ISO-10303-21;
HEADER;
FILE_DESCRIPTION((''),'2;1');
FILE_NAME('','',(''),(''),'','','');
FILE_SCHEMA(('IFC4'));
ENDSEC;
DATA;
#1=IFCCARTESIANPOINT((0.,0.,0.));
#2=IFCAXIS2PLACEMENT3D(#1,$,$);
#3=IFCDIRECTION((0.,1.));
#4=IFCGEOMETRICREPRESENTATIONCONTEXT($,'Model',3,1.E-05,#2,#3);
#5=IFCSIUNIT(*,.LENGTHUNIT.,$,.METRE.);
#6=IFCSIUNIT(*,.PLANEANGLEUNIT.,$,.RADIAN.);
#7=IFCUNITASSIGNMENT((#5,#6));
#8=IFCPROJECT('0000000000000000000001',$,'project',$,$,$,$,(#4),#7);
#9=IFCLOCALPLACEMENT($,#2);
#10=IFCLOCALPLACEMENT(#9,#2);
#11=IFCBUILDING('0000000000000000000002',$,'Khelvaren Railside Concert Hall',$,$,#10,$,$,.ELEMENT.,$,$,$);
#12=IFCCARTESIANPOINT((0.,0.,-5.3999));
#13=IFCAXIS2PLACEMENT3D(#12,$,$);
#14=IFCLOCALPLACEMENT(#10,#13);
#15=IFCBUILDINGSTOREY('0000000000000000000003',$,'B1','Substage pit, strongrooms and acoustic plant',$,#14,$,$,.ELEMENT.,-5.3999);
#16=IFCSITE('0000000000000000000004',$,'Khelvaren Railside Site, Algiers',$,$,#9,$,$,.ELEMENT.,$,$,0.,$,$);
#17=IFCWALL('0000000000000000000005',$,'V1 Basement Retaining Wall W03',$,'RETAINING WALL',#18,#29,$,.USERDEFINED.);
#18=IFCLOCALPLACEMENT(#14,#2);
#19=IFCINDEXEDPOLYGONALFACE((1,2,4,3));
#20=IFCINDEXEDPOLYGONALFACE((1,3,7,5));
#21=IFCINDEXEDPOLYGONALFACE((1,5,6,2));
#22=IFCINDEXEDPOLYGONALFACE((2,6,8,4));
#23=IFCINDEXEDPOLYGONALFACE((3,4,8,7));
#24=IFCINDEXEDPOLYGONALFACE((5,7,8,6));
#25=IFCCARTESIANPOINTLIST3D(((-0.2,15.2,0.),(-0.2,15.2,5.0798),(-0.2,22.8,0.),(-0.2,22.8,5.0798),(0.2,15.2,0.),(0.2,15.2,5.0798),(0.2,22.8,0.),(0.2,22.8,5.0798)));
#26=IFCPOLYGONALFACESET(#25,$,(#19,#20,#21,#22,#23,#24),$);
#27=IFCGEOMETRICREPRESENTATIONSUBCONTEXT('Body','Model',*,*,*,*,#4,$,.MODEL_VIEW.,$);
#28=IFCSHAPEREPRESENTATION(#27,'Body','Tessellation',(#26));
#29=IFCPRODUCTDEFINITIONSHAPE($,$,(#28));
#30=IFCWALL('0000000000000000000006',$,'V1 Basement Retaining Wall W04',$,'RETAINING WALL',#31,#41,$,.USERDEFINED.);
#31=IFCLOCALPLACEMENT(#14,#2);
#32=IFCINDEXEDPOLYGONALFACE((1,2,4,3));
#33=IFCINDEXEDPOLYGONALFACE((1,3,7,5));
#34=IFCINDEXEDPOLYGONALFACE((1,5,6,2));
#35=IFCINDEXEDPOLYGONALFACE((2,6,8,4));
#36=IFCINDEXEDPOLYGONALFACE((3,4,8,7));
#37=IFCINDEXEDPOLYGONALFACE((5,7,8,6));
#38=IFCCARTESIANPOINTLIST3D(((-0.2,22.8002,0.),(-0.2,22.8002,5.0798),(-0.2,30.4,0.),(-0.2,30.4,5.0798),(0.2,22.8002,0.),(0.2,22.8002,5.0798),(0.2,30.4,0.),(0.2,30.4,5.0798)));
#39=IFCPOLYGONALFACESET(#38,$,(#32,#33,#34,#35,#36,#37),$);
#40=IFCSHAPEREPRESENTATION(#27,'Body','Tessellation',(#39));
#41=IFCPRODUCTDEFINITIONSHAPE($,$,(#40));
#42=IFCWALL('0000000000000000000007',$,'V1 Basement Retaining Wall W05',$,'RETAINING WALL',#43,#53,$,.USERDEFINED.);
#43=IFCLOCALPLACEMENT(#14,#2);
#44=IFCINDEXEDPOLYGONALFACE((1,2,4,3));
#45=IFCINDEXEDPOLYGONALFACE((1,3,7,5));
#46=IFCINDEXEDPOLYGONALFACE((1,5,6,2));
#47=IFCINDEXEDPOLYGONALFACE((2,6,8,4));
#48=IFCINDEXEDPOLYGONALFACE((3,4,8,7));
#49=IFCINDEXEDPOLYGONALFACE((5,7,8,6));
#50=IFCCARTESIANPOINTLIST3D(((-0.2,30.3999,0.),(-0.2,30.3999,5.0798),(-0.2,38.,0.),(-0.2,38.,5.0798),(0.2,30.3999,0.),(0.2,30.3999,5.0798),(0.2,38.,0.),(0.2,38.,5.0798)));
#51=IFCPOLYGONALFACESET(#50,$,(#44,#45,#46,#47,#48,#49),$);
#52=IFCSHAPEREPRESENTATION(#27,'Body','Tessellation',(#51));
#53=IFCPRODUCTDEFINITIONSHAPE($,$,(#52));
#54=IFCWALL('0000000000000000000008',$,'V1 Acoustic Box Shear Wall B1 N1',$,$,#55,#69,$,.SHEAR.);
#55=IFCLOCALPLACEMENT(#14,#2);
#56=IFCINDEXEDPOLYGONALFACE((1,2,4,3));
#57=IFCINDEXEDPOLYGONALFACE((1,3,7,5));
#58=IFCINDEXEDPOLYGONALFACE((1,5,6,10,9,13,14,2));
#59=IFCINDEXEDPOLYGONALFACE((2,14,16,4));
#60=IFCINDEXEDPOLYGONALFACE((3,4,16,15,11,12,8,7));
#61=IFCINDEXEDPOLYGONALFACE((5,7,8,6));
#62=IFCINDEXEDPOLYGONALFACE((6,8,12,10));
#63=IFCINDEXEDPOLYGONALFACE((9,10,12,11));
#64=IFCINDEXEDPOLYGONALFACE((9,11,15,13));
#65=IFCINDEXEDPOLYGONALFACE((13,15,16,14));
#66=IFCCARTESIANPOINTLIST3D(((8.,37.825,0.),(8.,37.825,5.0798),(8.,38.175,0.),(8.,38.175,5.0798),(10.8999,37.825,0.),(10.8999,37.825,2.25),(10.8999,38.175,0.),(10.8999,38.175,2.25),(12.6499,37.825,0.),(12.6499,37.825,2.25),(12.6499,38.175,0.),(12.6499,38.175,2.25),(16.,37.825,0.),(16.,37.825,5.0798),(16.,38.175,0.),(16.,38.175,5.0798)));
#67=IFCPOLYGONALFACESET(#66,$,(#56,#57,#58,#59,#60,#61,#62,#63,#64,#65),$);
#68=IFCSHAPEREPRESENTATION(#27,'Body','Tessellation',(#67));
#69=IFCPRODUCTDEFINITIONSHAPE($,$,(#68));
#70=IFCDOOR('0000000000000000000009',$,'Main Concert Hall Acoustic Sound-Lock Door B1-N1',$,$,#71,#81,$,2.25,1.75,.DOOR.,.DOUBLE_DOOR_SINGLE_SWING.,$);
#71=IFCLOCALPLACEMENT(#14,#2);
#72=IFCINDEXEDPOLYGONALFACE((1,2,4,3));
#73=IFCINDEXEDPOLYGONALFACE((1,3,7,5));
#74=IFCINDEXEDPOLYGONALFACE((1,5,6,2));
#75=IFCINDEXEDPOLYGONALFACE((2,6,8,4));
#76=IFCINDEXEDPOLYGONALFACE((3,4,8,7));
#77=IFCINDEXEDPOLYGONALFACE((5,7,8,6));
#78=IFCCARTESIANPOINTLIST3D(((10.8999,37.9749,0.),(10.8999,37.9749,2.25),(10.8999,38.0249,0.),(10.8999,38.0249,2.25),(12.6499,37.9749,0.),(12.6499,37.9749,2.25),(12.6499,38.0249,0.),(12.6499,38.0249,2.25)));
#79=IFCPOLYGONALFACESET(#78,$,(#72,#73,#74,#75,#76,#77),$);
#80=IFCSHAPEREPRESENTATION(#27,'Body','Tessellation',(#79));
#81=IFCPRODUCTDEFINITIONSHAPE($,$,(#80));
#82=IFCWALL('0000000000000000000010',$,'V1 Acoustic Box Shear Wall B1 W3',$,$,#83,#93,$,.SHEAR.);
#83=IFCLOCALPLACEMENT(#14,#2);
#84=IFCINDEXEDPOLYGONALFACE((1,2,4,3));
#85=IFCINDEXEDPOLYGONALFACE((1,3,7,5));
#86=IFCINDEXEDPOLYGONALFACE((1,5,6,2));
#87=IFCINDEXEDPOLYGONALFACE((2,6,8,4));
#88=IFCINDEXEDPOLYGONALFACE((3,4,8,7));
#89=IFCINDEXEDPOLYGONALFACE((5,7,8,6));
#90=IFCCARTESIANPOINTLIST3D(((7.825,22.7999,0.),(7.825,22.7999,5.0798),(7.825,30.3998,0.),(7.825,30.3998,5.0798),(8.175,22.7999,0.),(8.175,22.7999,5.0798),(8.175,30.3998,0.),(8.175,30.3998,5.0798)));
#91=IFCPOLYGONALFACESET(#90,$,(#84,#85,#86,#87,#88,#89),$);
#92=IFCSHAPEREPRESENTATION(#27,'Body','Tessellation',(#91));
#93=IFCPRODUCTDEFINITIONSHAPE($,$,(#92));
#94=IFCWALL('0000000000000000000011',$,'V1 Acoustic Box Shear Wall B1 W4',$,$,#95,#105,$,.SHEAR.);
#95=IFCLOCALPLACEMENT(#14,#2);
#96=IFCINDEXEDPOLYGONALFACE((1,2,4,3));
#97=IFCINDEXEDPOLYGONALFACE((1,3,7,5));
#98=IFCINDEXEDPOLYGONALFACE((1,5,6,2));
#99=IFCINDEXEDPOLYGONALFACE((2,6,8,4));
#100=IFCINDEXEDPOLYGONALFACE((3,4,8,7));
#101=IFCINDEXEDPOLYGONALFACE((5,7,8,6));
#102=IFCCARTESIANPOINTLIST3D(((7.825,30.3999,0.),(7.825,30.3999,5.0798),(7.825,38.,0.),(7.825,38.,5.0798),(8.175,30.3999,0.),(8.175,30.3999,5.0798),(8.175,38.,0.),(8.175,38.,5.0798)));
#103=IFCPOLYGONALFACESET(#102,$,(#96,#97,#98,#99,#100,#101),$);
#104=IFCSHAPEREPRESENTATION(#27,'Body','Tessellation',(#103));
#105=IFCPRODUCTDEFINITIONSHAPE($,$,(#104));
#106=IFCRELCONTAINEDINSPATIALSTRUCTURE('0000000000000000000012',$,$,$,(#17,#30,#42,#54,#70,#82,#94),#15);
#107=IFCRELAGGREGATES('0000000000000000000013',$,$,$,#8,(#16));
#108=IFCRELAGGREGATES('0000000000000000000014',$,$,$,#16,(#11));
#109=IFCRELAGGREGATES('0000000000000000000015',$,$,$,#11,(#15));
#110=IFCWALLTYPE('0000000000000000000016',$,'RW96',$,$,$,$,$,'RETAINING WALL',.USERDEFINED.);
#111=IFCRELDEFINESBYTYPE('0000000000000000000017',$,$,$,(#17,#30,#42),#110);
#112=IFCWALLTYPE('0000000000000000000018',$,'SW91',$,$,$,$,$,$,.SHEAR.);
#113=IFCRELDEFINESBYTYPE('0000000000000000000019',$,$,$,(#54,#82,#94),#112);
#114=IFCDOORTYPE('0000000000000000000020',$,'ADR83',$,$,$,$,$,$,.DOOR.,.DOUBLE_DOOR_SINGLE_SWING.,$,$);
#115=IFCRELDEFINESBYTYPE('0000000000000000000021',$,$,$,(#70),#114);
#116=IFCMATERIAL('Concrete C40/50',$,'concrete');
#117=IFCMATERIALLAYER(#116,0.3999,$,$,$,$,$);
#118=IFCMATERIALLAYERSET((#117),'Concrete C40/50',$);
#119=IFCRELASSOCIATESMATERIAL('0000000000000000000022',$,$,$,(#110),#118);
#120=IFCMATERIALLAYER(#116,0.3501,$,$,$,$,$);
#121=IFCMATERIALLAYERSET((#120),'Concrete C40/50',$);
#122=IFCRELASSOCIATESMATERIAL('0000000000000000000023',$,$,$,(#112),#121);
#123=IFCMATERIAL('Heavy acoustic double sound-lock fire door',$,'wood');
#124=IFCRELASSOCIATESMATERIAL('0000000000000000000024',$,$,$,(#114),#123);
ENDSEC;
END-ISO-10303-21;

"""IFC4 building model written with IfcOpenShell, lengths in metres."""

from ifc_helpers import new_model, si_unit, direction, frame, frame_2d, origin, place, context, subcontext, project, spatial, rectangle, extrude, material, layer, layer_set, type_object, element, fill, save


model = new_model("IFC4")

# Units and contexts
model_context = context("Model", 3, precision=1e-05, world=origin(), true_north=direction((0.0, 1.0)))
body_context = subcontext(model_context, "Body", "Model", "MODEL_VIEW")
ifc_project = project(units=[si_unit("LENGTHUNIT", "METRE"), si_unit("PLANEANGLEUNIT", "RADIAN")], contexts=[model_context])

# Site, building, storey
site_placement = place(None, origin())
site = spatial("IfcSite", under=ifc_project, at=site_placement, Name="Khelvaren Railside Site, Algiers", CompositionType="ELEMENT", RefElevation=0.0)
building_placement = place(site_placement, origin())
building = spatial("IfcBuilding", under=site, at=building_placement, Name="Khelvaren Railside Concert Hall", CompositionType="ELEMENT")
storey_placement = place(building_placement, frame((0.0, 0.0, -5.3999)))
storey = spatial("IfcBuildingStorey", under=building, at=storey_placement, Name="B1", Description="Substage pit, strongrooms and acoustic plant", CompositionType="ELEMENT", Elevation=-5.3999)

# Shared definitions
ifc_material_1 = material(Name="Concrete C40/50", Category="concrete")

# Walls
ifc_layer_1 = layer(ifc_material_1, 0.3999)
ifc_layer_set_1 = layer_set([ifc_layer_1], Name="Concrete C40/50")
wall_type_1 = type_object("IfcWallType", Name="RW96", ElementType="RETAINING WALL", PredefinedType="USERDEFINED", material=ifc_layer_set_1)
wall_1_placement = place(storey_placement, frame((0.0, 22.8, 0.0), z_axis=(0.0, 0.0, 1.0), x_axis=(0.0, -1.0, 0.0)))
element("IfcWall", 1, at=wall_1_placement, inside=storey, type_object=wall_type_1, Name="V1 Basement Retaining Wall W03", ObjectType="RETAINING WALL", PredefinedType="USERDEFINED", context=body_context, shape_type="SweptSolid", body=[
    extrude(rectangle(XDim=7.6001, YDim=0.3999, at=frame_2d((3.8, 0.0))), origin(), (0.0, 0.0, 1.0), 5.0798),
])
wall_2_placement = place(storey_placement, frame((0.0, 30.3999, 0.0), z_axis=(0.0, 0.0, 1.0), x_axis=(0.0, -1.0, 0.0)))
element("IfcWall", 2, at=wall_2_placement, inside=storey, type_object=wall_type_1, Name="V1 Basement Retaining Wall W04", ObjectType="RETAINING WALL", PredefinedType="USERDEFINED", context=body_context, shape_type="SweptSolid", body=[
    extrude(rectangle(XDim=7.5999, YDim=0.3999, at=frame_2d((3.7998, 0.0))), origin(), (0.0, 0.0, 1.0), 5.0798),
])
wall_3_placement = place(storey_placement, frame((0.0, 38.0, 0.0), z_axis=(0.0, 0.0, 1.0), x_axis=(0.0, -1.0, 0.0)))
element("IfcWall", 3, at=wall_3_placement, inside=storey, type_object=wall_type_1, Name="V1 Basement Retaining Wall W05", ObjectType="RETAINING WALL", PredefinedType="USERDEFINED", context=body_context, shape_type="SweptSolid", body=[
    extrude(rectangle(XDim=7.6001, YDim=0.3999, at=frame_2d((3.8, 0.0))), origin(), (0.0, 0.0, 1.0), 5.0798),
])

# Wall, opening, door
ifc_layer_2 = layer(ifc_material_1, 0.3501)
ifc_layer_set_2 = layer_set([ifc_layer_2], Name="Concrete C40/50")
wall_type_2 = type_object("IfcWallType", Name="SW91", PredefinedType="SHEAR", material=ifc_layer_set_2)
wall_4_placement = place(storey_placement, frame((8.0, 38.0, 0.0), z_axis=(0.0, 0.0, 1.0), x_axis=(1.0, 0.0, 0.0)))
wall_4 = element("IfcWall", 4, at=wall_4_placement, inside=storey, type_object=wall_type_2, Name="V1 Acoustic Box Shear Wall B1 N1", PredefinedType="SHEAR", context=body_context, shape_type="SweptSolid", body=[
    extrude(rectangle(XDim=8.0, YDim=0.3501, at=frame_2d((4.0, 0.0))), origin(), (0.0, 0.0, 1.0), 5.0798),
])
opening_1_placement = place(wall_4_placement, frame((2.8999, 0.0, 0.0)))
opening_1 = element("IfcOpeningElement", 5, at=opening_1_placement, cuts=wall_4, PredefinedType="OPENING", context=body_context, shape_type="SweptSolid", body=[
    extrude(rectangle(XDim=1.75, YDim=2.25, at=frame_2d((0.875, 1.125))), frame((0.0, 0.1851, 0.0), z_axis=(0.0, -1.0, 0.0), x_axis=(1.0, 0.0, 0.0)), (0.0, 0.0, 1.0), 0.3701),
])
ifc_material_2 = material(Name="Heavy acoustic double sound-lock fire door", Category="wood")
door_type_1 = type_object("IfcDoorType", Name="ADR83", OperationType="DOUBLE_DOOR_SINGLE_SWING", PredefinedType="DOOR", material=ifc_material_2)
door_1_placement = place(opening_1_placement, origin())
door_1 = element("IfcDoor", 6, at=door_1_placement, inside=storey, type_object=door_type_1, Name="Main Concert Hall Acoustic Sound-Lock Door B1-N1", OperationType="DOUBLE_DOOR_SINGLE_SWING", OverallHeight=2.25, OverallWidth=1.75, PredefinedType="DOOR", context=body_context, shape_type="SweptSolid", body=[
    extrude(rectangle(XDim=1.75, YDim=2.25, at=frame_2d((0.875, 1.125))), frame((0.0, 0.0249, 0.0), z_axis=(0.0, -1.0, 0.0), x_axis=(1.0, 0.0, 0.0)), (0.0, 0.0, 1.0), 0.05),
])
fill(opening_1, door_1)

# Walls
wall_5_placement = place(storey_placement, frame((8.0, 22.8, 0.0), z_axis=(0.0, 0.0, 1.0), x_axis=(0.0, 1.0, 0.0)))
element("IfcWall", 7, at=wall_5_placement, inside=storey, type_object=wall_type_2, Name="V1 Acoustic Box Shear Wall B1 W3", PredefinedType="SHEAR", context=body_context, shape_type="SweptSolid", body=[
    extrude(rectangle(XDim=7.5999, YDim=0.3501, at=frame_2d((3.7998, 0.0))), origin(), (0.0, 0.0, 1.0), 5.0798),
])
wall_6_placement = place(storey_placement, frame((8.0, 30.3999, 0.0), z_axis=(0.0, 0.0, 1.0), x_axis=(0.0, 1.0, 0.0)))
element("IfcWall", 8, at=wall_6_placement, inside=storey, type_object=wall_type_2, Name="V1 Acoustic Box Shear Wall B1 W4", PredefinedType="SHEAR", context=body_context, shape_type="SweptSolid", body=[
    extrude(rectangle(XDim=7.6001, YDim=0.3501, at=frame_2d((3.8, 0.0))), origin(), (0.0, 0.0, 1.0), 5.0798),
])

save(model, "model.ifc")
